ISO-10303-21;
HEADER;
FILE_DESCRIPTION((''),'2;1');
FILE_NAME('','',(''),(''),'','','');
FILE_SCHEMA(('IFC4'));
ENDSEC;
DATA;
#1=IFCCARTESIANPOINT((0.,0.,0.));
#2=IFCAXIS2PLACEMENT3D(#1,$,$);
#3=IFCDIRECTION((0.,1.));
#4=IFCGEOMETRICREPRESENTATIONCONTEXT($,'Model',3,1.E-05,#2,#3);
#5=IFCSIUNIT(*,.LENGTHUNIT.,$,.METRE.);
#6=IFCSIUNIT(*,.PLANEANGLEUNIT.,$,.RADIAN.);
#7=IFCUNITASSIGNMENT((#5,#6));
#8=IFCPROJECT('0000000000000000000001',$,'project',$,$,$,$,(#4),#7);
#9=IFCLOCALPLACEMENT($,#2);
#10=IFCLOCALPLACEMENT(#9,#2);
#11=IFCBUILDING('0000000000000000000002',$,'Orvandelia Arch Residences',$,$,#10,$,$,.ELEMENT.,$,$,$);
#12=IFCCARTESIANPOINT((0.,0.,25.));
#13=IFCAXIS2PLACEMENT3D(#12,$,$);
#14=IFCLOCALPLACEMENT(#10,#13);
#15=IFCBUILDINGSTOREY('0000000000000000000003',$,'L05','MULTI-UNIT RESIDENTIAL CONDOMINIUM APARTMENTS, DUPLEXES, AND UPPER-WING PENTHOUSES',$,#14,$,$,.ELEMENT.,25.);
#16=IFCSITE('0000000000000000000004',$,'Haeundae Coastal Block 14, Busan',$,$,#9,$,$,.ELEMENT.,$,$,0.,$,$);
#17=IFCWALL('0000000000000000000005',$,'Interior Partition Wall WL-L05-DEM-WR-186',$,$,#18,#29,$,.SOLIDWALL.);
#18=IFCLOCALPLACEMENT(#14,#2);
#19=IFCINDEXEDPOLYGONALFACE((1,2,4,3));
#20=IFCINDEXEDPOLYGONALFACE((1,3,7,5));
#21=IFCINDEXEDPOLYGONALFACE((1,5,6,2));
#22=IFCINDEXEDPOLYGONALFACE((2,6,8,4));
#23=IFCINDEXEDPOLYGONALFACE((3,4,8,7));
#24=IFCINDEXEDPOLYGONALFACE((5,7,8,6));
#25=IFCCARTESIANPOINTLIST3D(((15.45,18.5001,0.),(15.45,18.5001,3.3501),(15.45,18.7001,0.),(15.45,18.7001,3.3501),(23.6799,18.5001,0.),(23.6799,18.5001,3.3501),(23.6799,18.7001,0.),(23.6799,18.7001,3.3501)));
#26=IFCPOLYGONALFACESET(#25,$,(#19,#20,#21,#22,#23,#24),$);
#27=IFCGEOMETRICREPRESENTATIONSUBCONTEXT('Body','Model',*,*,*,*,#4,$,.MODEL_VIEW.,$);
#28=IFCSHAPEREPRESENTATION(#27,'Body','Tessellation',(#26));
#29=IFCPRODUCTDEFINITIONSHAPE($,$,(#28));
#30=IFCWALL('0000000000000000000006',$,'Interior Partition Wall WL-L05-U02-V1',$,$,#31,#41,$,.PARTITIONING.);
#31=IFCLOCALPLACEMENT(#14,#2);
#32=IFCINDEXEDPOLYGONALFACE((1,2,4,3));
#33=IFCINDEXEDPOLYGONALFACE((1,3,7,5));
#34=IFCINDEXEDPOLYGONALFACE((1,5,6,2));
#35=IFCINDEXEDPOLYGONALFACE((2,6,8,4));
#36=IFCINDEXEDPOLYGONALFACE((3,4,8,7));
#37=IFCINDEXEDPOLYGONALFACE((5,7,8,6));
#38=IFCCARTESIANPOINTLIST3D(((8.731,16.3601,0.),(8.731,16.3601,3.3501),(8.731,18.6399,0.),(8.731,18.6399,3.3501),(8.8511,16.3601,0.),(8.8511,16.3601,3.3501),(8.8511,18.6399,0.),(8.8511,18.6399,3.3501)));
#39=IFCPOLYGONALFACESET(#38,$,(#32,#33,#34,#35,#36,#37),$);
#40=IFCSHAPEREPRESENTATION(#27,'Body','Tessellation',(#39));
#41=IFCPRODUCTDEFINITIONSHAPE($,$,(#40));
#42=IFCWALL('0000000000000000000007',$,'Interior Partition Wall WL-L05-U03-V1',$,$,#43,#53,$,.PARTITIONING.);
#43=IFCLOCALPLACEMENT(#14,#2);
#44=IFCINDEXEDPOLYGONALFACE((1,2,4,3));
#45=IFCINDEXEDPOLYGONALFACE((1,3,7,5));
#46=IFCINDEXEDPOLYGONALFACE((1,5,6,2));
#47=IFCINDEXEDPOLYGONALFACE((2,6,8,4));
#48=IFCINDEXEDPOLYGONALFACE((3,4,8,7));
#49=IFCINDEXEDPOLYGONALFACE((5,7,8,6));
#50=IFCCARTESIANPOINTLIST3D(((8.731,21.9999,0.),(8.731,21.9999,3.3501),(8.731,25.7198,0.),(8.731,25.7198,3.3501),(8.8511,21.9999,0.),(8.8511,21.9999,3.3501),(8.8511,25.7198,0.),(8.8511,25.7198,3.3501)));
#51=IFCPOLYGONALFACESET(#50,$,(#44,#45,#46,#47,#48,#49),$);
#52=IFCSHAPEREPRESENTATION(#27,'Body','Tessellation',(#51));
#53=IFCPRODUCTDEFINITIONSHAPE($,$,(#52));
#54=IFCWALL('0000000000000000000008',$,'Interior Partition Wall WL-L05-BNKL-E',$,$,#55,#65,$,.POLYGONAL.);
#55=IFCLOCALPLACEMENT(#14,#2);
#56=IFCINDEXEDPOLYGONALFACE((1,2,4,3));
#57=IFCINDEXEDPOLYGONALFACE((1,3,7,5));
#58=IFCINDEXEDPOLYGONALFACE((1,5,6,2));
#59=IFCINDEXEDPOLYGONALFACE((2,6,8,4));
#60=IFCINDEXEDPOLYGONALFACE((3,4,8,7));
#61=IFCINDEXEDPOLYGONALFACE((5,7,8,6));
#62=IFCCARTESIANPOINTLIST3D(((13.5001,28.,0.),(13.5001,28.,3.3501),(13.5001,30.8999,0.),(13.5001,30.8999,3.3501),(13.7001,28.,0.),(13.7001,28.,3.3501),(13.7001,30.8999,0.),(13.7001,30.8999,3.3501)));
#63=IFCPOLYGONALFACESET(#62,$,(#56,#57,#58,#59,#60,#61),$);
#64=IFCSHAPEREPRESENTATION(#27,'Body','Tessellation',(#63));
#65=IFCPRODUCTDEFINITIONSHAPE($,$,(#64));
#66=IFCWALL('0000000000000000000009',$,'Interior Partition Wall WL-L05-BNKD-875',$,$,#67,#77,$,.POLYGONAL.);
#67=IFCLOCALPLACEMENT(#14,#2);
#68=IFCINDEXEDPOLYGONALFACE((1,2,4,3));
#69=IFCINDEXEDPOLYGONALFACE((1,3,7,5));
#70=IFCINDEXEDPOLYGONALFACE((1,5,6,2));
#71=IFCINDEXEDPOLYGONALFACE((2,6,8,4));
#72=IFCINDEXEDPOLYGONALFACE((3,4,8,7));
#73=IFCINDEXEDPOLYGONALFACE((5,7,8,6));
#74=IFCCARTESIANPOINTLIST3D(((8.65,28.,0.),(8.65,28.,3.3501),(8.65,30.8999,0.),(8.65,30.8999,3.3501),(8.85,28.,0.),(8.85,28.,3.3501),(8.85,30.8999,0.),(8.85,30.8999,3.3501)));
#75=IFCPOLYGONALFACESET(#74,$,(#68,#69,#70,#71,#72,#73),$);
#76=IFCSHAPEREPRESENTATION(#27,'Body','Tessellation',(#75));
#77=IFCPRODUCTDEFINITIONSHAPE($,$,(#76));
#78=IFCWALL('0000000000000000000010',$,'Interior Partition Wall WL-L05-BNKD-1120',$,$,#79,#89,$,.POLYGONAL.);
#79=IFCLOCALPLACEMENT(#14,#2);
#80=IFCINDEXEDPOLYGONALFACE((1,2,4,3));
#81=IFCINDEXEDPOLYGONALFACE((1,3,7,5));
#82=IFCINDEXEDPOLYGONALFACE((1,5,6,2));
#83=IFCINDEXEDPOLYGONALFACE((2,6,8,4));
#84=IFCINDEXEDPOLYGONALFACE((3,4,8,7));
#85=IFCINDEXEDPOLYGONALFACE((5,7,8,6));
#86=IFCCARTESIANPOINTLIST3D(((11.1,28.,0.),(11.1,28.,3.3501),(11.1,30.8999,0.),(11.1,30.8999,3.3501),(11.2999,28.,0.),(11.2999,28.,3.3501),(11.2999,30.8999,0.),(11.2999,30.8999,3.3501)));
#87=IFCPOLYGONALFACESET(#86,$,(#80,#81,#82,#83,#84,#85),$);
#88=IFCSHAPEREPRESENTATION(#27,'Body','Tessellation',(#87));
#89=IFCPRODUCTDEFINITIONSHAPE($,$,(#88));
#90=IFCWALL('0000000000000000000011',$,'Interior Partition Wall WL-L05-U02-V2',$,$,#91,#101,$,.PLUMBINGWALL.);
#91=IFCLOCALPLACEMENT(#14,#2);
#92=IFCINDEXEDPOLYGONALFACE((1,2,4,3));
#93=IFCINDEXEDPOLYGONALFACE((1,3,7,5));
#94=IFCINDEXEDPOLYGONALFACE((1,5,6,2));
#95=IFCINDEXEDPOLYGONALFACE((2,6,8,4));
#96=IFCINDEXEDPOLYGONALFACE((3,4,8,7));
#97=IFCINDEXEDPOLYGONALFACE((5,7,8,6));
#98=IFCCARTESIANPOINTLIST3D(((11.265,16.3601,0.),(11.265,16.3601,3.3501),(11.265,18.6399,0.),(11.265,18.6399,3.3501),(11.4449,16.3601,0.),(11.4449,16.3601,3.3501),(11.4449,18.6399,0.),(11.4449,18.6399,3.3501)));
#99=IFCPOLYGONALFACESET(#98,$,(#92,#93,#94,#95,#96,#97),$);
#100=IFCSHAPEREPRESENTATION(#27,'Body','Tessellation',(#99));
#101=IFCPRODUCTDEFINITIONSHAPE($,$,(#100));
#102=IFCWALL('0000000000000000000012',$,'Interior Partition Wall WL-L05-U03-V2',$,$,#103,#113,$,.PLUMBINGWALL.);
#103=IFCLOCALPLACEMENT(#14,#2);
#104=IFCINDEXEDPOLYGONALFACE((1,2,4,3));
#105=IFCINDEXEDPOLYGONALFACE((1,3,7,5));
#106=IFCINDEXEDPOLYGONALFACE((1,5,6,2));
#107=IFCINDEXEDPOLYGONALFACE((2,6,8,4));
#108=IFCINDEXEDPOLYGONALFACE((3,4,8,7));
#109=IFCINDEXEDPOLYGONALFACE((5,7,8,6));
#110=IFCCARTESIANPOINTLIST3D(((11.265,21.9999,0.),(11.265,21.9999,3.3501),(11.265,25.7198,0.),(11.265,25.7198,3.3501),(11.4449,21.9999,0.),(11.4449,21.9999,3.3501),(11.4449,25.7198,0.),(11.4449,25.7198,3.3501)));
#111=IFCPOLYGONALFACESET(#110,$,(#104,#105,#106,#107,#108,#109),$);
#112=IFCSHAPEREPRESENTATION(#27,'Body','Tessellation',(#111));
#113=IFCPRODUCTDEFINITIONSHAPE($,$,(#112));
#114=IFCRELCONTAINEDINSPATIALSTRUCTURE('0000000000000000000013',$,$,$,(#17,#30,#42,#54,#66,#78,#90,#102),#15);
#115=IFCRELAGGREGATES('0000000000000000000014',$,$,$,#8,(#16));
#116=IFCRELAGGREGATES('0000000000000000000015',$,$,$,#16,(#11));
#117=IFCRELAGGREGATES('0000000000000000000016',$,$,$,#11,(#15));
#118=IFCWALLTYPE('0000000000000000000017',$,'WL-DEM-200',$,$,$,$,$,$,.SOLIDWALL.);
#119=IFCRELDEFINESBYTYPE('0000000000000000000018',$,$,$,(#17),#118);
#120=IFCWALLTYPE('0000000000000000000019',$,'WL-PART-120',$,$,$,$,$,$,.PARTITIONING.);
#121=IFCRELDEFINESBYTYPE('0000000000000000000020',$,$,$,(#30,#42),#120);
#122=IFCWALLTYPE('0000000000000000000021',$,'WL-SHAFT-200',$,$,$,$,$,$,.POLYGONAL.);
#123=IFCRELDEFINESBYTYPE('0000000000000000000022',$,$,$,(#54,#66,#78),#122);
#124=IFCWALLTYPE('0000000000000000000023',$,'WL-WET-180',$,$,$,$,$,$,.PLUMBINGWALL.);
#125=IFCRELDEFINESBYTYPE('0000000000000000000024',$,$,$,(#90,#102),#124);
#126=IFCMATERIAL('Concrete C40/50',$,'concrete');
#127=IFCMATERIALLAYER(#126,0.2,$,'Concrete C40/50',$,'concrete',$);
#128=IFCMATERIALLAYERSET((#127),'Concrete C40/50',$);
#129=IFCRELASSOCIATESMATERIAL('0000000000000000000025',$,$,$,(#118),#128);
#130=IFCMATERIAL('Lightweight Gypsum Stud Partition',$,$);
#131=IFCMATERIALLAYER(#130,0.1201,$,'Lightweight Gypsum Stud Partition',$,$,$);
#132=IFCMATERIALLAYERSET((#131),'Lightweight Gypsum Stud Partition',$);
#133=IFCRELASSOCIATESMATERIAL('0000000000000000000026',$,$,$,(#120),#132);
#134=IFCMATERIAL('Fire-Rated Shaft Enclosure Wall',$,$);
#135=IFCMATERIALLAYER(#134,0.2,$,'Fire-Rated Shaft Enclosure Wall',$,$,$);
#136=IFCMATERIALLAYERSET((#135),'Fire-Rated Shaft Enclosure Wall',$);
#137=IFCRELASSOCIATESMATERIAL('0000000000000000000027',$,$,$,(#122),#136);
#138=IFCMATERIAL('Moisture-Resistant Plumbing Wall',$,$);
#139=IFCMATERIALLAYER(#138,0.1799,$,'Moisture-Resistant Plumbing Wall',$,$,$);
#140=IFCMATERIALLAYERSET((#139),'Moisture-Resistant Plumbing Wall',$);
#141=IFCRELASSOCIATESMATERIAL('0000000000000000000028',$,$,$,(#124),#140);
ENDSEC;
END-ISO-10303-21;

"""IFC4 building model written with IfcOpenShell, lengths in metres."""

from ifc_helpers import new_model, si_unit, direction, frame, frame_2d, origin, place, context, subcontext, project, spatial, rectangle, extrude, material, layer, layer_set, type_object, element, save


model = new_model("IFC4")

# Units and contexts
model_context = context("Model", 3, precision=1e-05, world=origin(), true_north=direction((0.0, 1.0)))
body_context = subcontext(model_context, "Body", "Model", "MODEL_VIEW")
ifc_project = project(units=[si_unit("LENGTHUNIT", "METRE"), si_unit("PLANEANGLEUNIT", "RADIAN")], contexts=[model_context])

# Site, building, storey
site_placement = place(None, origin())
site = spatial("IfcSite", under=ifc_project, at=site_placement, Name="Haeundae Coastal Block 14, Busan", CompositionType="ELEMENT", RefElevation=0.0)
building_placement = place(site_placement, origin())
building = spatial("IfcBuilding", under=site, at=building_placement, Name="Orvandelia Arch Residences", CompositionType="ELEMENT")
storey_placement = place(building_placement, frame((0.0, 0.0, 25.0)))
storey = spatial("IfcBuildingStorey", under=building, at=storey_placement, Name="L05", Description="MULTI-UNIT RESIDENTIAL CONDOMINIUM APARTMENTS, DUPLEXES, AND UPPER-WING PENTHOUSES", CompositionType="ELEMENT", Elevation=25.0)

# Walls
ifc_material_1 = material(Name="Concrete C40/50", Category="concrete")
ifc_layer_1 = layer(ifc_material_1, 0.2, Name="Concrete C40/50", Category="concrete")
ifc_layer_set_1 = layer_set([ifc_layer_1], Name="Concrete C40/50")
wall_type_1 = type_object("IfcWallType", Name="WL-DEM-200", PredefinedType="SOLIDWALL", material=ifc_layer_set_1)
wall_1_placement = place(storey_placement, frame((15.45, 18.6001, 0.0), z_axis=(0.0, 0.0, 1.0), x_axis=(1.0, 0.0, 0.0)))
element("IfcWall", 1, at=wall_1_placement, inside=storey, type_object=wall_type_1, Name="Interior Partition Wall WL-L05-DEM-WR-186", PredefinedType="SOLIDWALL", context=body_context, shape_type="SweptSolid", body=[
    extrude(rectangle(XDim=8.23, YDim=0.2, at=frame_2d((4.115, 0.0))), origin(), (0.0, 0.0, 1.0), 3.3501),
])
ifc_material_2 = material(Name="Lightweight Gypsum Stud Partition")
ifc_layer_2 = layer(ifc_material_2, 0.1201, Name="Lightweight Gypsum Stud Partition")
ifc_layer_set_2 = layer_set([ifc_layer_2], Name="Lightweight Gypsum Stud Partition")
wall_type_2 = type_object("IfcWallType", Name="WL-PART-120", PredefinedType="PARTITIONING", material=ifc_layer_set_2)
wall_2_placement = place(storey_placement, frame((8.791, 16.3601, 0.0), z_axis=(0.0, 0.0, 1.0), x_axis=(0.0, 1.0, 0.0)))
element("IfcWall", 2, at=wall_2_placement, inside=storey, type_object=wall_type_2, Name="Interior Partition Wall WL-L05-U02-V1", PredefinedType="PARTITIONING", context=body_context, shape_type="SweptSolid", body=[
    extrude(rectangle(XDim=2.2798, YDim=0.1201, at=frame_2d((1.1399, 0.0))), origin(), (0.0, 0.0, 1.0), 3.3501),
])
wall_3_placement = place(storey_placement, frame((8.791, 22.0, 0.0), z_axis=(0.0, 0.0, 1.0), x_axis=(0.0, 1.0, 0.0)))
element("IfcWall", 3, at=wall_3_placement, inside=storey, type_object=wall_type_2, Name="Interior Partition Wall WL-L05-U03-V1", PredefinedType="PARTITIONING", context=body_context, shape_type="SweptSolid", body=[
    extrude(rectangle(XDim=3.72, YDim=0.1201, at=frame_2d((1.8599, 0.0))), origin(), (0.0, 0.0, 1.0), 3.3501),
])

# Shared definitions
ifc_material_3 = material(Name="Fire-Rated Shaft Enclosure Wall")
ifc_layer_3 = layer(ifc_material_3, 0.2, Name="Fire-Rated Shaft Enclosure Wall")
ifc_layer_set_3 = layer_set([ifc_layer_3], Name="Fire-Rated Shaft Enclosure Wall")
wall_type_3 = type_object("IfcWallType", Name="WL-SHAFT-200", PredefinedType="POLYGONAL", material=ifc_layer_set_3)

# Walls
for number, where, z_axis, x_axis, name in (
    (4, (13.6001, 28.0, 0.0), (0.0, 0.0, 1.0), (0.0, 1.0, 0.0), "Interior Partition Wall WL-L05-BNKL-E"),
    (5, (8.75, 28.0, 0.0), (0.0, 0.0, 1.0), (0.0, 1.0, 0.0), "Interior Partition Wall WL-L05-BNKD-875"),
    (6, (11.2, 28.0, 0.0), (0.0, 0.0, 1.0), (0.0, 1.0, 0.0), "Interior Partition Wall WL-L05-BNKD-1120"),
):
    element("IfcWall", number, at=place(storey_placement, frame(where, z_axis=z_axis, x_axis=x_axis)), inside=storey, type_object=wall_type_3, Name=name, PredefinedType="POLYGONAL", context=body_context, shape_type="SweptSolid", body=[
        extrude(rectangle(XDim=2.8999, YDim=0.2, at=frame_2d((1.45, 0.0))), origin(), (0.0, 0.0, 1.0), 3.3501),
    ])
ifc_material_4 = material(Name="Moisture-Resistant Plumbing Wall")
ifc_layer_4 = layer(ifc_material_4, 0.1799, Name="Moisture-Resistant Plumbing Wall")
ifc_layer_set_4 = layer_set([ifc_layer_4], Name="Moisture-Resistant Plumbing Wall")
wall_type_4 = type_object("IfcWallType", Name="WL-WET-180", PredefinedType="PLUMBINGWALL", material=ifc_layer_set_4)
wall_4_placement = place(storey_placement, frame((11.355, 16.3601, 0.0), z_axis=(0.0, 0.0, 1.0), x_axis=(0.0, 1.0, 0.0)))
element("IfcWall", 7, at=wall_4_placement, inside=storey, type_object=wall_type_4, Name="Interior Partition Wall WL-L05-U02-V2", PredefinedType="PLUMBINGWALL", context=body_context, shape_type="SweptSolid", body=[
    extrude(rectangle(XDim=2.2798, YDim=0.1799, at=frame_2d((1.1399, 0.0))), origin(), (0.0, 0.0, 1.0), 3.3501),
])
wall_5_placement = place(storey_placement, frame((11.355, 22.0, 0.0), z_axis=(0.0, 0.0, 1.0), x_axis=(0.0, 1.0, 0.0)))
element("IfcWall", 8, at=wall_5_placement, inside=storey, type_object=wall_type_4, Name="Interior Partition Wall WL-L05-U03-V2", PredefinedType="PLUMBINGWALL", context=body_context, shape_type="SweptSolid", body=[
    extrude(rectangle(XDim=3.72, YDim=0.1799, at=frame_2d((1.8599, 0.0))), origin(), (0.0, 0.0, 1.0), 3.3501),
])

save(model, "model.ifc")
